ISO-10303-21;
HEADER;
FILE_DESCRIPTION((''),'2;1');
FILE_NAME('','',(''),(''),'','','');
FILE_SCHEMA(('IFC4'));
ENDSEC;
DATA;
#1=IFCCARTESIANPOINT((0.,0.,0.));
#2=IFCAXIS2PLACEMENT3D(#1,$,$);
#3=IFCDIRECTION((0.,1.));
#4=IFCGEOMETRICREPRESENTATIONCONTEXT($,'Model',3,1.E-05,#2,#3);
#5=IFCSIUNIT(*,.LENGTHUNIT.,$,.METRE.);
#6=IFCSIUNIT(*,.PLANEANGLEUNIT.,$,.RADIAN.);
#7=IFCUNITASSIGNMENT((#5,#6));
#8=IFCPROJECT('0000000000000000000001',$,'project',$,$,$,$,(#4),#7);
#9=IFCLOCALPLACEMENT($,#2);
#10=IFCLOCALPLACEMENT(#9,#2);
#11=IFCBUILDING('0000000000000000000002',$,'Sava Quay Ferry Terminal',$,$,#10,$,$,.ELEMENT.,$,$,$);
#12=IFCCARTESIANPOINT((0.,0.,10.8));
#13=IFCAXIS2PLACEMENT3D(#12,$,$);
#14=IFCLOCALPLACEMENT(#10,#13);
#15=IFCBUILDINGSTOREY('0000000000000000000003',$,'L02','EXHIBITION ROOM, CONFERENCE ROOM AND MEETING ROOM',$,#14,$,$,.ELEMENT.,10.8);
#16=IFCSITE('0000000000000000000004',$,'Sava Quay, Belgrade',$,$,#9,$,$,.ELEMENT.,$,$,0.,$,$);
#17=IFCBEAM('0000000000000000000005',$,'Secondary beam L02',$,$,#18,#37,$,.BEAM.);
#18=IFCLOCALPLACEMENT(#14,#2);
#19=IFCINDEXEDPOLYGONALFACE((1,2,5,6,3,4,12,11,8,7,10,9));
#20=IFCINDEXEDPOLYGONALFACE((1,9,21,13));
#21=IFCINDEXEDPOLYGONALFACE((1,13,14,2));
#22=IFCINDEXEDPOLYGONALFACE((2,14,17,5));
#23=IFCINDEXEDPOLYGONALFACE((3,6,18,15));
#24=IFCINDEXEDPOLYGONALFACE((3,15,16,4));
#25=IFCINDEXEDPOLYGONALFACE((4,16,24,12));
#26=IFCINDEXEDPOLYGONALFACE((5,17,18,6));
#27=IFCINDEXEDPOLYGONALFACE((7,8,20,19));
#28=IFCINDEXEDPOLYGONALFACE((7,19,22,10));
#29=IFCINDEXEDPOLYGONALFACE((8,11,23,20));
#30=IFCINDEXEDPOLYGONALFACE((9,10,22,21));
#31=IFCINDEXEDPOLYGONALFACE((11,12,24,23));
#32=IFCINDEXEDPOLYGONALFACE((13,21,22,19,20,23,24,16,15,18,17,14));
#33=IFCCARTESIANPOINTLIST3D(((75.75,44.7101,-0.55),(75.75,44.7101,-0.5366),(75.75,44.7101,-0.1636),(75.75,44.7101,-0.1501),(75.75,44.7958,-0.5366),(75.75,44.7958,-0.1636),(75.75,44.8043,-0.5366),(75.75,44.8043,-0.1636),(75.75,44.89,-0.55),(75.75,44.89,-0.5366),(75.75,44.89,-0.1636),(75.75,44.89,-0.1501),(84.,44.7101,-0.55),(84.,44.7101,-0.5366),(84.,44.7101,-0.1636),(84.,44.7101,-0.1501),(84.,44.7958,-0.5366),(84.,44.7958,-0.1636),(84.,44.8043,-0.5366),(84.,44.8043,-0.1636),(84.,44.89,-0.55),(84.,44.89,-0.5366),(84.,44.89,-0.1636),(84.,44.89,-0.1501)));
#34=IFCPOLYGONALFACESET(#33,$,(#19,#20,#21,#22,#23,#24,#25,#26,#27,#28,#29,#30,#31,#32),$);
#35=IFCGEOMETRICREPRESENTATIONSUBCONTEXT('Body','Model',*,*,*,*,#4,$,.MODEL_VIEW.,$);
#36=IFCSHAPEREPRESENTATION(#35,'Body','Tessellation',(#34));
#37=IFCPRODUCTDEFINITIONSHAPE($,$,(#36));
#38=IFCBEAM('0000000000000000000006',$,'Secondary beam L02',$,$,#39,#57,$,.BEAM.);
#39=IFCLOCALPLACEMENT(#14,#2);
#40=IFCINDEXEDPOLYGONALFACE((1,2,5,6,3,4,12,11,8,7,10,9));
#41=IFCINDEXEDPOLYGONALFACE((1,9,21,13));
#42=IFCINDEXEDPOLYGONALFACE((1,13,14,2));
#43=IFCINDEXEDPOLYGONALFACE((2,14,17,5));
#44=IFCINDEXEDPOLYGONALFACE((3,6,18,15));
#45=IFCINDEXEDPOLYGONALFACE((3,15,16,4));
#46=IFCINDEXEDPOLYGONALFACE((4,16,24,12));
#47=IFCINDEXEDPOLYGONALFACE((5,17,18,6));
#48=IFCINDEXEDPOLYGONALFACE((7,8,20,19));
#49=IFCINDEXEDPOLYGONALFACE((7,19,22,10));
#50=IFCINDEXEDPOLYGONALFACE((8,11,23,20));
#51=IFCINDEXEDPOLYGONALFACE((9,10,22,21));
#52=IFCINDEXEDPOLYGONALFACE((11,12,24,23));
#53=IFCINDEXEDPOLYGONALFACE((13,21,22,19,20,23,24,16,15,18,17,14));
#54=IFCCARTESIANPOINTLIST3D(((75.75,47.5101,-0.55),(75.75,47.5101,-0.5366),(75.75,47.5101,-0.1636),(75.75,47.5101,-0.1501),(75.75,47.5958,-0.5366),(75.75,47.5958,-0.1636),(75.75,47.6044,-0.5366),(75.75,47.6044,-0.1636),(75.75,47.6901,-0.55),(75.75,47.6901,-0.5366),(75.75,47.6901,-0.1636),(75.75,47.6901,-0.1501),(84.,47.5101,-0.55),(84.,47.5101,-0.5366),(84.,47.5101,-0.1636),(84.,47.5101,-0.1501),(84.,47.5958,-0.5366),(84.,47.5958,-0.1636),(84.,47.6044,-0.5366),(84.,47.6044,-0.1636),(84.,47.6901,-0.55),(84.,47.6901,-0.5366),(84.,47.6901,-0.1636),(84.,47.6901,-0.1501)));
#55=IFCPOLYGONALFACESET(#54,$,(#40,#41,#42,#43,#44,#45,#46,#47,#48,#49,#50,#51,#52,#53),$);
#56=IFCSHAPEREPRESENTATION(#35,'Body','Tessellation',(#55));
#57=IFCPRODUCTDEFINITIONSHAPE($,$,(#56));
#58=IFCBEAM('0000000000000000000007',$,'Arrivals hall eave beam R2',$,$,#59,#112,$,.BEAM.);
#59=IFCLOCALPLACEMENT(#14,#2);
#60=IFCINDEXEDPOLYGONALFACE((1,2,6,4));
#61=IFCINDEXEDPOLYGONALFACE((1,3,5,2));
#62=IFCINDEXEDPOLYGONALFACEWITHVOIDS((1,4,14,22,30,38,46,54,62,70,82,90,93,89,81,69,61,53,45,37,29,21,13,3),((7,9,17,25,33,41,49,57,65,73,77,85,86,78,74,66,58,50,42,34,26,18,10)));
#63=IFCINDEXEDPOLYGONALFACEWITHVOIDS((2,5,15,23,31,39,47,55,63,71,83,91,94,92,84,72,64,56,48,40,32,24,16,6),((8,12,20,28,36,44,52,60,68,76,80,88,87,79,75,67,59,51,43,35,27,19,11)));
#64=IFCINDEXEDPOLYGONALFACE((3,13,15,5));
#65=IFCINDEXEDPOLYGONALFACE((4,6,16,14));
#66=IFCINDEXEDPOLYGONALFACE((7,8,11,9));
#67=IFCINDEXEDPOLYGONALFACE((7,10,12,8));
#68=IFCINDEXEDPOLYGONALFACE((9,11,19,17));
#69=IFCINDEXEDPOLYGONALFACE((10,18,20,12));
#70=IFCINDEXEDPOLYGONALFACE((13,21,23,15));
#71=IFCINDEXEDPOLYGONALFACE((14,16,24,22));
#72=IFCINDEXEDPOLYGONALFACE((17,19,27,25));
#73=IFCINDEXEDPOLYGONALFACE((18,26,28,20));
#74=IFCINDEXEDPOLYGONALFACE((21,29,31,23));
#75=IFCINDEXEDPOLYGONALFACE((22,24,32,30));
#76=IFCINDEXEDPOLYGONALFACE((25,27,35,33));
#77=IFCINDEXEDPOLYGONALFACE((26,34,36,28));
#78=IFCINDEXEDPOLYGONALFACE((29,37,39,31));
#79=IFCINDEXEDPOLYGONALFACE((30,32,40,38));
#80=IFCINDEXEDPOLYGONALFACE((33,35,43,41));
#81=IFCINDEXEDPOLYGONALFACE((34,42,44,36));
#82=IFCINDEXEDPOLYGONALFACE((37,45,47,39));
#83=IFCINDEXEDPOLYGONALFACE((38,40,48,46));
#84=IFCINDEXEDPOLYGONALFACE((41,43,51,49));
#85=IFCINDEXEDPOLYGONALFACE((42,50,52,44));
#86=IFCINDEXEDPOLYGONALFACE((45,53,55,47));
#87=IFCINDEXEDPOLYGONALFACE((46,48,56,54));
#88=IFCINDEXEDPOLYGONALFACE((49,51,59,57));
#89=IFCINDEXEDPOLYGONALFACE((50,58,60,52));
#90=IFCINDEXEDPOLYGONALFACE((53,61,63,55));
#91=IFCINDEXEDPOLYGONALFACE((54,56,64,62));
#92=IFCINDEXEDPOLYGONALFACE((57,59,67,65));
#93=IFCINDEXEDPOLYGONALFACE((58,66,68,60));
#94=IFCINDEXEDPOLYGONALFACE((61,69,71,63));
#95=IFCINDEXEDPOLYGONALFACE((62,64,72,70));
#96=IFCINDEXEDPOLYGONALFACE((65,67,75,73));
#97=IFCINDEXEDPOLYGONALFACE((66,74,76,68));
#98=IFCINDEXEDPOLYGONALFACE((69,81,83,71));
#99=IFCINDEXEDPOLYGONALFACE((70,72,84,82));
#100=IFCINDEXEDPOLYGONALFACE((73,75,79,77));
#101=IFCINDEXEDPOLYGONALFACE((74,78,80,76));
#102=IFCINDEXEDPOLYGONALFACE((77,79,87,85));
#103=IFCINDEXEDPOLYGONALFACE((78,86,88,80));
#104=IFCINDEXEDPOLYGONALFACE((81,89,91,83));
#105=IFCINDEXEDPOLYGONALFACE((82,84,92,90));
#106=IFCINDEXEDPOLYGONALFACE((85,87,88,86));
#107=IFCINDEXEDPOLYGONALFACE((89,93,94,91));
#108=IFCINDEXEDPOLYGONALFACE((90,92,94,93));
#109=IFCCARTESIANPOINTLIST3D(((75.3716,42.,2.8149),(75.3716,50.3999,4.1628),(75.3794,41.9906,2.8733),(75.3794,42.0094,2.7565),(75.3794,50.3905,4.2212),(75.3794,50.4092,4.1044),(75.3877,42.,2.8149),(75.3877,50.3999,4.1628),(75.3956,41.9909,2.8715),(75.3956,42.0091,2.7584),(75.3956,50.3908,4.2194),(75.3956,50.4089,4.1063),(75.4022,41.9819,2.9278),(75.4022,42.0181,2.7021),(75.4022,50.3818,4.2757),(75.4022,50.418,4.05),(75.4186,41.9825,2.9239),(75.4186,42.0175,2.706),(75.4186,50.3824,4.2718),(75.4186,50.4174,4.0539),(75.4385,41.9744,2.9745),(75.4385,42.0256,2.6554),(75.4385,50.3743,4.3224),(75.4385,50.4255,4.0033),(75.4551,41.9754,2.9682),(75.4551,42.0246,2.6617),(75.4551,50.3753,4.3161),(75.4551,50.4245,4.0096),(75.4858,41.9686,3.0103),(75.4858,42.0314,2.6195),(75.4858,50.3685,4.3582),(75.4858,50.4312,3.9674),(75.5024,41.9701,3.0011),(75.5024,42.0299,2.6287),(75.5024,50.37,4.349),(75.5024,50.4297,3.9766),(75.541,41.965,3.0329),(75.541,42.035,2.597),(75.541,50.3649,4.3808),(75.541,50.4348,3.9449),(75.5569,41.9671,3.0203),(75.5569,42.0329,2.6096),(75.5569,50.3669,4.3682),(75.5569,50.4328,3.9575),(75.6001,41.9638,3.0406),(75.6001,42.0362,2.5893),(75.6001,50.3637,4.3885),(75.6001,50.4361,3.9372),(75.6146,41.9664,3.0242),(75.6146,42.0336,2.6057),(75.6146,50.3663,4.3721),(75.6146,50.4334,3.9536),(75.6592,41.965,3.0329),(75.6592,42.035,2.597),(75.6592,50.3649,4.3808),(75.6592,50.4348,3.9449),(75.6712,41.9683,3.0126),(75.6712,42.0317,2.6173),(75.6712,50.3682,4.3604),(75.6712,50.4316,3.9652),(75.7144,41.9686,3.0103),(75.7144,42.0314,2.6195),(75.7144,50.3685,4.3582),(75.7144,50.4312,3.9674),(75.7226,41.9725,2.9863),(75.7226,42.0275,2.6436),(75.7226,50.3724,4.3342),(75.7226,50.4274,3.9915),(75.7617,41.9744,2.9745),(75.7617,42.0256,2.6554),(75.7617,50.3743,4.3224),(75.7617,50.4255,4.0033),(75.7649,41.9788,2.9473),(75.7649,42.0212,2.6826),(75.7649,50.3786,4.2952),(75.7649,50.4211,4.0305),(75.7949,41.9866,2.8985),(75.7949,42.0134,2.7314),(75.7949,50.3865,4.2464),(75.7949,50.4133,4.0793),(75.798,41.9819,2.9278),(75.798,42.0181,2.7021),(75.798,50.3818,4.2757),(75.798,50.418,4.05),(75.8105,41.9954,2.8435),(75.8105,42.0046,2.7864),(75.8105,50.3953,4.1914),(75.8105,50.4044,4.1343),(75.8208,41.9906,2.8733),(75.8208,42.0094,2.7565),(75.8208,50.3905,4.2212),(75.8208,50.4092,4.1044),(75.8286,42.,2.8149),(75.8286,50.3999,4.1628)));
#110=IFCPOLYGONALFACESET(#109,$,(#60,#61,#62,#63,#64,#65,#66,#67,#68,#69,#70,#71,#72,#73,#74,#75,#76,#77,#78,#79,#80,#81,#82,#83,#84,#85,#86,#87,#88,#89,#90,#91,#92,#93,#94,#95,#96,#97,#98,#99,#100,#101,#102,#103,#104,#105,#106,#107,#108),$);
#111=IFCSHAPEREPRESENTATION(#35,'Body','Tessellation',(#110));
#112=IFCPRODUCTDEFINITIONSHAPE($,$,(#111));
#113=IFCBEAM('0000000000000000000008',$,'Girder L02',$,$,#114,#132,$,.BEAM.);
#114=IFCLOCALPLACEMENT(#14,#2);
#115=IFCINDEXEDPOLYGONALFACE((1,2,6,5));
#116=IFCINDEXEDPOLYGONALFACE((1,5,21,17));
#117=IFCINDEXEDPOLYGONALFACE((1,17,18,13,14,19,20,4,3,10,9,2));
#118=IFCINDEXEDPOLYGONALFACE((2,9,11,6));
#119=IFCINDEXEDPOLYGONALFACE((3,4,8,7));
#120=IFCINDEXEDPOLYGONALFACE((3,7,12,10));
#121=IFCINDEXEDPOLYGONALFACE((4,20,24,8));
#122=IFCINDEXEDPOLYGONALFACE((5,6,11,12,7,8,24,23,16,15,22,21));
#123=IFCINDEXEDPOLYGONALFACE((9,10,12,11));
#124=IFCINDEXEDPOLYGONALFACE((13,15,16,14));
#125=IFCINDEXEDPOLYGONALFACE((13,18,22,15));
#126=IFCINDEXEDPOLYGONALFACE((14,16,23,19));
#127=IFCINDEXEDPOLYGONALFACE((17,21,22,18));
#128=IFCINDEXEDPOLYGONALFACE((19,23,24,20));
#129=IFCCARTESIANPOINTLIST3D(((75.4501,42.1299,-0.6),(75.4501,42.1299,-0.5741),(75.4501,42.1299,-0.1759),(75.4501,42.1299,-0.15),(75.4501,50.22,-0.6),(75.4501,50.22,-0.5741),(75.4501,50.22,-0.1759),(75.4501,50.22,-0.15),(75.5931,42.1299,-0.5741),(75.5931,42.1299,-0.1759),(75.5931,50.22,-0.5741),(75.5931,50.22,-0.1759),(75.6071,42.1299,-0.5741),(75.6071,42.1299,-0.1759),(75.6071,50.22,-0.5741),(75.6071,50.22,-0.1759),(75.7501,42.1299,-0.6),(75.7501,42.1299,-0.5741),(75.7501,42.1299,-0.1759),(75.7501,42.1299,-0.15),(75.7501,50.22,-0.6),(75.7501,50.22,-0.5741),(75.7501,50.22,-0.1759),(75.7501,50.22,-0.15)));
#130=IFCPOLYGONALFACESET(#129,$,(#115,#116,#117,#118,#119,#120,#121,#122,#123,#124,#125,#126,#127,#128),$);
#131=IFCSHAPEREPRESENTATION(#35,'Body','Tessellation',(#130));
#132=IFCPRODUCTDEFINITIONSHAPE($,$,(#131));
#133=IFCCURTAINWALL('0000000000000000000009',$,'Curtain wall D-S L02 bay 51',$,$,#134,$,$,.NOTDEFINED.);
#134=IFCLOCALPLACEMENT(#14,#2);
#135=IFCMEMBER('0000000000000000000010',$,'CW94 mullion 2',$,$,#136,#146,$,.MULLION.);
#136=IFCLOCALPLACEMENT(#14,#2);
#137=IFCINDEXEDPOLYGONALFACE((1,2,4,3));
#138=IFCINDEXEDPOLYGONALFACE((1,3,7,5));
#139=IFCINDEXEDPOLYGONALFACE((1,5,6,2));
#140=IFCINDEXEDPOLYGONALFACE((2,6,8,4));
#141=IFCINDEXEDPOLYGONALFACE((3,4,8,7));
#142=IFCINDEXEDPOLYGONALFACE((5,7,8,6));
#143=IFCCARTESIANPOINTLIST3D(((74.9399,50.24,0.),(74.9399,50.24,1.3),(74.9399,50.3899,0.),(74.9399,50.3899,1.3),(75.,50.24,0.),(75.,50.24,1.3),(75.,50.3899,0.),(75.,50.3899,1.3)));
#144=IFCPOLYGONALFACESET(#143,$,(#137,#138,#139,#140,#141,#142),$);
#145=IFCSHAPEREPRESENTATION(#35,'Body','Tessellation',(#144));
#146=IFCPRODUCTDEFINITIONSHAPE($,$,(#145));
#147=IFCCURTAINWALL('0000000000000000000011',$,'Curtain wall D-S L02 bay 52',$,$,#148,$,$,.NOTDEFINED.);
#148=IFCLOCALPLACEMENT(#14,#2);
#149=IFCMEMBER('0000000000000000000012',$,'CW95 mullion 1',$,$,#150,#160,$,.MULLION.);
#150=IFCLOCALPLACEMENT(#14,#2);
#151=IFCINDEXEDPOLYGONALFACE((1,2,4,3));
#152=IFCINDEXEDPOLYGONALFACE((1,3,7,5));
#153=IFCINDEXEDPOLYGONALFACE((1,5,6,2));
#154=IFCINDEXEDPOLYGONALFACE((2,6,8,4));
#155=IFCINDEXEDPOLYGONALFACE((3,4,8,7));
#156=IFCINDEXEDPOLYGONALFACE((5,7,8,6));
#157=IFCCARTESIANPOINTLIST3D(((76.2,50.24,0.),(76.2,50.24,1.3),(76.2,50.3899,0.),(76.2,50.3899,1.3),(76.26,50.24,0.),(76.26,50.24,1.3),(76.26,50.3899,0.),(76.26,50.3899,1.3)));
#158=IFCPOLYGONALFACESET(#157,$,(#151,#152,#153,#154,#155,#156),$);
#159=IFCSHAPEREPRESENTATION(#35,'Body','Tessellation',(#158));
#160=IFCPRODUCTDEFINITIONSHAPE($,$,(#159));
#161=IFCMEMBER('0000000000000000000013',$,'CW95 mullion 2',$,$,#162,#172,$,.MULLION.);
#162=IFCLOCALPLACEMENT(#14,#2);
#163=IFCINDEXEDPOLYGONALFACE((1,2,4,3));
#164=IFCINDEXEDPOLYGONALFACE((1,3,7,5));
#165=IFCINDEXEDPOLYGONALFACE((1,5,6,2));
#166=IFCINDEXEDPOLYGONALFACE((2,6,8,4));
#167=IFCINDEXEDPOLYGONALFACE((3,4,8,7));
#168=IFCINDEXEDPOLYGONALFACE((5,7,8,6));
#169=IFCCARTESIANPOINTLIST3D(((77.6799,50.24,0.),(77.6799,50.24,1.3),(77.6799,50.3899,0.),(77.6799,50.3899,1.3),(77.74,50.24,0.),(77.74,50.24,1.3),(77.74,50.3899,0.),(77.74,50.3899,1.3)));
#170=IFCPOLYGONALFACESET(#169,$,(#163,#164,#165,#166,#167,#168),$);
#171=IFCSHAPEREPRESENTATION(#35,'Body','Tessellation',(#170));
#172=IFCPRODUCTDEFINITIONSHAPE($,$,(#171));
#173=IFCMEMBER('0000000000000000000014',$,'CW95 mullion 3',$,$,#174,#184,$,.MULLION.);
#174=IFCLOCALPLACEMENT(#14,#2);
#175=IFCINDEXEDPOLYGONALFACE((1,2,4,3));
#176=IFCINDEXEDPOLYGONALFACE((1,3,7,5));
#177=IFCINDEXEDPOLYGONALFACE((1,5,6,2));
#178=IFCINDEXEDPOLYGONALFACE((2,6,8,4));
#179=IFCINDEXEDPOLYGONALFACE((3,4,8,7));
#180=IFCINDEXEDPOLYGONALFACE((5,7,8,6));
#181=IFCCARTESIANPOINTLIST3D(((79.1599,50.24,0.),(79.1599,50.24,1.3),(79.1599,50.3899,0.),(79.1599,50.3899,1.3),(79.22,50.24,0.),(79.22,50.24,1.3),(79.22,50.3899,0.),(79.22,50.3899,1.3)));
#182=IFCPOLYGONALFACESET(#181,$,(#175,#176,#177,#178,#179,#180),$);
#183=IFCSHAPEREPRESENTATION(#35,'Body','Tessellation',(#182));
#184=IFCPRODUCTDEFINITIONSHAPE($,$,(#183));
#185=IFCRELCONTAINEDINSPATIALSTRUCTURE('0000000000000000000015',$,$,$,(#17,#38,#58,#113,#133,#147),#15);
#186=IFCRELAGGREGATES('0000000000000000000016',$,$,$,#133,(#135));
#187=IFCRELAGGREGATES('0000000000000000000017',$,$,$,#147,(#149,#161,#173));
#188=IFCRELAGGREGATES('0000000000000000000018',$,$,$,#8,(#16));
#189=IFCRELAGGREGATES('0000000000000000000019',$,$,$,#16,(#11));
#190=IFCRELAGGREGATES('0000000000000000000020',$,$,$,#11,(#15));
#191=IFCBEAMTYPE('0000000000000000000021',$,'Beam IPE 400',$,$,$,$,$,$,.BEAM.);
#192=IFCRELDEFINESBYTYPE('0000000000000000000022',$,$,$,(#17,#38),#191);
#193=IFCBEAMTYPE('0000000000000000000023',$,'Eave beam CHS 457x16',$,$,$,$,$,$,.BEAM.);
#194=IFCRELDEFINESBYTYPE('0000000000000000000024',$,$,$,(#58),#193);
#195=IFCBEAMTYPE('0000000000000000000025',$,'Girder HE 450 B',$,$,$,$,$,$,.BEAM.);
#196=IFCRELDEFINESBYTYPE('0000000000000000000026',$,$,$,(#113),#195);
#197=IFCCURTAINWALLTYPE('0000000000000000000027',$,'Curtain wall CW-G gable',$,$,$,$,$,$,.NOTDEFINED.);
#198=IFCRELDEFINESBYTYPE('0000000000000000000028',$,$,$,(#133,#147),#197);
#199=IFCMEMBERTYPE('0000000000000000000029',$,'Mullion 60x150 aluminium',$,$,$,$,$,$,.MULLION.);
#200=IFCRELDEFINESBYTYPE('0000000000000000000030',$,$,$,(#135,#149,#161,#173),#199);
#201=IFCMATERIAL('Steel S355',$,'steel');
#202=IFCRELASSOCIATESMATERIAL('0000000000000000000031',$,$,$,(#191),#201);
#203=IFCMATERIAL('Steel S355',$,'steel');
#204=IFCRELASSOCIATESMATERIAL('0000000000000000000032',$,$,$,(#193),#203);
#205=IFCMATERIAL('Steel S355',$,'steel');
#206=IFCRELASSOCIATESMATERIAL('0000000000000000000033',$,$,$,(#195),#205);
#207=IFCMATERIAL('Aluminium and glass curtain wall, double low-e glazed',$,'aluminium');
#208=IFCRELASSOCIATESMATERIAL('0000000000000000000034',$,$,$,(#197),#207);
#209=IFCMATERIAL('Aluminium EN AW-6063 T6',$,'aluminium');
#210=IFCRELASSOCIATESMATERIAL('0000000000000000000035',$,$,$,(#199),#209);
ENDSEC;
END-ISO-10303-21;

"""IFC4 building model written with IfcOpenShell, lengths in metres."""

from ifc_helpers import new_model, si_unit, direction, frame, origin, origin_2d, place, context, subcontext, project, spatial, rectangle, hollow_circle, i_section, extrude, material, material_profile, profile_set, type_object, element, aggregate, save


model = new_model("IFC4")

# Units and contexts
model_context = context("Model", 3, precision=1e-05, world=origin(), true_north=direction((0.0, 1.0)))
body_context = subcontext(model_context, "Body", "Model", "MODEL_VIEW")
ifc_project = project(units=[si_unit("LENGTHUNIT", "METRE"), si_unit("PLANEANGLEUNIT", "RADIAN")], contexts=[model_context])

# Site, building, storey
site_placement = place(None, origin())
site = spatial("IfcSite", under=ifc_project, at=site_placement, Name="Sava Quay, Belgrade", CompositionType="ELEMENT", RefElevation=0.0)
building_placement = place(site_placement, origin())
building = spatial("IfcBuilding", under=site, at=building_placement, Name="Sava Quay Ferry Terminal", CompositionType="ELEMENT")
storey_placement = place(building_placement, frame((0.0, 0.0, 10.8)))
storey = spatial("IfcBuildingStorey", under=building, at=storey_placement, Name="L02", Description="EXHIBITION ROOM, CONFERENCE ROOM AND MEETING ROOM", CompositionType="ELEMENT", Elevation=10.8)

# Beams
ifc_material_1 = material(Name="Steel S355", Category="steel")
ifc_material_profile_1 = material_profile(ifc_material_1, i_section(OverallWidth=0.1799, OverallDepth=0.3999, WebThickness=0.0085, FlangeThickness=0.0134, at=origin_2d()), Name="IPE 400")
ifc_profile_set_1 = profile_set([ifc_material_profile_1], Name="Steel S355")
beam_type_1 = type_object("IfcBeamType", Name="Beam IPE 400", PredefinedType="BEAM", material=ifc_profile_set_1)
for number, where, z_axis, x_axis, name in (
    (1, (75.75, 44.8, -0.3501), (1.0, 0.0, 0.0), (0.0, 1.0, 0.0), "Secondary beam L02"),
    (2, (75.75, 47.6001, -0.3501), (1.0, 0.0, 0.0), (0.0, 1.0, 0.0), "Secondary beam L02"),
):
    element("IfcBeam", number, at=place(storey_placement, frame(where, z_axis=z_axis, x_axis=x_axis)), inside=storey, type_object=beam_type_1, Name=name, PredefinedType="BEAM", context=body_context, shape_type="SweptSolid", body=[
        extrude(i_section(OverallWidth=0.1799, OverallDepth=0.3999, WebThickness=0.0085, FlangeThickness=0.0134, at=origin_2d()), origin(), (0.0, 0.0, 1.0), 8.25),
    ])
ifc_material_2 = material(Name="Steel S355", Category="steel")
ifc_material_profile_2 = material_profile(ifc_material_2, hollow_circle(Radius=0.2285, WallThickness=0.0161, at=origin_2d()), Name="CHS 457 x 16.0")
ifc_profile_set_2 = profile_set([ifc_material_profile_2], Name="Steel S355")
beam_type_2 = type_object("IfcBeamType", Name="Eave beam CHS 457x16", PredefinedType="BEAM", material=ifc_profile_set_2)
beam_1_placement = place(storey_placement, frame((75.6001, 42.0, 2.8149), z_axis=(0.0, 0.987369, 0.158439), x_axis=(-1.0, 0.0, 0.0)))
element("IfcBeam", 3, at=beam_1_placement, inside=storey, type_object=beam_type_2, Name="Arrivals hall eave beam R2", PredefinedType="BEAM", context=body_context, shape_type="SweptSolid", body=[
    extrude(hollow_circle(Radius=0.2285, WallThickness=0.0161, at=origin_2d()), origin(), (0.0, 0.0, 1.0), 8.5073),
])
ifc_material_3 = material(Name="Steel S355", Category="steel")
ifc_material_profile_3 = material_profile(ifc_material_3, i_section(OverallWidth=0.3, OverallDepth=0.45, WebThickness=0.0139, FlangeThickness=0.0259, at=origin_2d()), Name="HE 450 B")
ifc_profile_set_3 = profile_set([ifc_material_profile_3], Name="Steel S355")
beam_type_3 = type_object("IfcBeamType", Name="Girder HE 450 B", PredefinedType="BEAM", material=ifc_profile_set_3)
beam_2_placement = place(storey_placement, frame((75.6001, 42.1299, -0.375), z_axis=(0.0, 1.0, 0.0), x_axis=(-1.0, 0.0, 0.0)))
element("IfcBeam", 4, at=beam_2_placement, inside=storey, type_object=beam_type_3, Name="Girder L02", PredefinedType="BEAM", context=body_context, shape_type="SweptSolid", body=[
    extrude(i_section(OverallWidth=0.3, OverallDepth=0.45, WebThickness=0.0139, FlangeThickness=0.0259, at=origin_2d()), origin(), (0.0, 0.0, 1.0), 8.0901),
])

# Curtain wall, member
ifc_material_4 = material(Name="Aluminium and glass curtain wall, double low-e glazed", Category="aluminium")
curtain_wall_type = type_object("IfcCurtainWallType", Name="Curtain wall CW-G gable", PredefinedType="NOTDEFINED", material=ifc_material_4)
curtain_wall_1_placement = place(storey_placement, origin())
curtain_wall_1 = element("IfcCurtainWall", 5, at=curtain_wall_1_placement, inside=storey, type_object=curtain_wall_type, Name="Curtain wall D-S L02 bay 51", PredefinedType="NOTDEFINED")
ifc_material_5 = material(Name="Aluminium EN AW-6063 T6", Category="aluminium")
ifc_material_profile_4 = material_profile(ifc_material_5, rectangle(XDim=0.1499, YDim=0.0601, at=origin_2d()), Name="Mullion 60x150 aluminium")
ifc_profile_set_4 = profile_set([ifc_material_profile_4], Name="Aluminium EN AW-6063 T6")
member_type_1 = type_object("IfcMemberType", Name="Mullion 60x150 aluminium", PredefinedType="MULLION", material=ifc_profile_set_4)
member_1_placement = place(storey_placement, frame((74.97, 50.3149, 0.0), z_axis=(0.0, 0.0, 1.0), x_axis=(0.0, 1.0, 0.0)))
member_1 = element("IfcMember", 6, at=member_1_placement, type_object=member_type_1, Name="CW94 mullion 2", PredefinedType="MULLION", context=body_context, shape_type="SweptSolid", body=[
    extrude(rectangle(XDim=0.1499, YDim=0.0601, at=origin_2d()), origin(), (0.0, 0.0, 1.0), 1.3),
])

# Curtain wall, members
curtain_wall_2_placement = place(storey_placement, origin())
curtain_wall_2 = element("IfcCurtainWall", 7, at=curtain_wall_2_placement, inside=storey, type_object=curtain_wall_type, Name="Curtain wall D-S L02 bay 52", PredefinedType="NOTDEFINED")
member_2_placement = place(storey_placement, frame((76.23, 50.3149, 0.0), z_axis=(0.0, 0.0, 1.0), x_axis=(0.0, 1.0, 0.0)))
member_2 = element("IfcMember", 8, at=member_2_placement, type_object=member_type_1, Name="CW95 mullion 1", PredefinedType="MULLION", context=body_context, shape_type="SweptSolid", body=[
    extrude(rectangle(XDim=0.1499, YDim=0.0601, at=origin_2d()), origin(), (0.0, 0.0, 1.0), 1.3),
])
member_3_placement = place(storey_placement, frame((77.71, 50.3149, 0.0), z_axis=(0.0, 0.0, 1.0), x_axis=(0.0, 1.0, 0.0)))
member_3 = element("IfcMember", 9, at=member_3_placement, type_object=member_type_1, Name="CW95 mullion 2", PredefinedType="MULLION", context=body_context, shape_type="SweptSolid", body=[
    extrude(rectangle(XDim=0.1499, YDim=0.0601, at=origin_2d()), origin(), (0.0, 0.0, 1.0), 1.3),
])
member_4_placement = place(storey_placement, frame((79.1899, 50.3149, 0.0), z_axis=(0.0, 0.0, 1.0), x_axis=(0.0, 1.0, 0.0)))
member_4 = element("IfcMember", 10, at=member_4_placement, type_object=member_type_1, Name="CW95 mullion 3", PredefinedType="MULLION", context=body_context, shape_type="SweptSolid", body=[
    extrude(rectangle(XDim=0.1499, YDim=0.0601, at=origin_2d()), origin(), (0.0, 0.0, 1.0), 1.3),
])

aggregate(curtain_wall_1, [member_1])
aggregate(curtain_wall_2, [member_2, member_3, member_4])

save(model, "model.ifc")
